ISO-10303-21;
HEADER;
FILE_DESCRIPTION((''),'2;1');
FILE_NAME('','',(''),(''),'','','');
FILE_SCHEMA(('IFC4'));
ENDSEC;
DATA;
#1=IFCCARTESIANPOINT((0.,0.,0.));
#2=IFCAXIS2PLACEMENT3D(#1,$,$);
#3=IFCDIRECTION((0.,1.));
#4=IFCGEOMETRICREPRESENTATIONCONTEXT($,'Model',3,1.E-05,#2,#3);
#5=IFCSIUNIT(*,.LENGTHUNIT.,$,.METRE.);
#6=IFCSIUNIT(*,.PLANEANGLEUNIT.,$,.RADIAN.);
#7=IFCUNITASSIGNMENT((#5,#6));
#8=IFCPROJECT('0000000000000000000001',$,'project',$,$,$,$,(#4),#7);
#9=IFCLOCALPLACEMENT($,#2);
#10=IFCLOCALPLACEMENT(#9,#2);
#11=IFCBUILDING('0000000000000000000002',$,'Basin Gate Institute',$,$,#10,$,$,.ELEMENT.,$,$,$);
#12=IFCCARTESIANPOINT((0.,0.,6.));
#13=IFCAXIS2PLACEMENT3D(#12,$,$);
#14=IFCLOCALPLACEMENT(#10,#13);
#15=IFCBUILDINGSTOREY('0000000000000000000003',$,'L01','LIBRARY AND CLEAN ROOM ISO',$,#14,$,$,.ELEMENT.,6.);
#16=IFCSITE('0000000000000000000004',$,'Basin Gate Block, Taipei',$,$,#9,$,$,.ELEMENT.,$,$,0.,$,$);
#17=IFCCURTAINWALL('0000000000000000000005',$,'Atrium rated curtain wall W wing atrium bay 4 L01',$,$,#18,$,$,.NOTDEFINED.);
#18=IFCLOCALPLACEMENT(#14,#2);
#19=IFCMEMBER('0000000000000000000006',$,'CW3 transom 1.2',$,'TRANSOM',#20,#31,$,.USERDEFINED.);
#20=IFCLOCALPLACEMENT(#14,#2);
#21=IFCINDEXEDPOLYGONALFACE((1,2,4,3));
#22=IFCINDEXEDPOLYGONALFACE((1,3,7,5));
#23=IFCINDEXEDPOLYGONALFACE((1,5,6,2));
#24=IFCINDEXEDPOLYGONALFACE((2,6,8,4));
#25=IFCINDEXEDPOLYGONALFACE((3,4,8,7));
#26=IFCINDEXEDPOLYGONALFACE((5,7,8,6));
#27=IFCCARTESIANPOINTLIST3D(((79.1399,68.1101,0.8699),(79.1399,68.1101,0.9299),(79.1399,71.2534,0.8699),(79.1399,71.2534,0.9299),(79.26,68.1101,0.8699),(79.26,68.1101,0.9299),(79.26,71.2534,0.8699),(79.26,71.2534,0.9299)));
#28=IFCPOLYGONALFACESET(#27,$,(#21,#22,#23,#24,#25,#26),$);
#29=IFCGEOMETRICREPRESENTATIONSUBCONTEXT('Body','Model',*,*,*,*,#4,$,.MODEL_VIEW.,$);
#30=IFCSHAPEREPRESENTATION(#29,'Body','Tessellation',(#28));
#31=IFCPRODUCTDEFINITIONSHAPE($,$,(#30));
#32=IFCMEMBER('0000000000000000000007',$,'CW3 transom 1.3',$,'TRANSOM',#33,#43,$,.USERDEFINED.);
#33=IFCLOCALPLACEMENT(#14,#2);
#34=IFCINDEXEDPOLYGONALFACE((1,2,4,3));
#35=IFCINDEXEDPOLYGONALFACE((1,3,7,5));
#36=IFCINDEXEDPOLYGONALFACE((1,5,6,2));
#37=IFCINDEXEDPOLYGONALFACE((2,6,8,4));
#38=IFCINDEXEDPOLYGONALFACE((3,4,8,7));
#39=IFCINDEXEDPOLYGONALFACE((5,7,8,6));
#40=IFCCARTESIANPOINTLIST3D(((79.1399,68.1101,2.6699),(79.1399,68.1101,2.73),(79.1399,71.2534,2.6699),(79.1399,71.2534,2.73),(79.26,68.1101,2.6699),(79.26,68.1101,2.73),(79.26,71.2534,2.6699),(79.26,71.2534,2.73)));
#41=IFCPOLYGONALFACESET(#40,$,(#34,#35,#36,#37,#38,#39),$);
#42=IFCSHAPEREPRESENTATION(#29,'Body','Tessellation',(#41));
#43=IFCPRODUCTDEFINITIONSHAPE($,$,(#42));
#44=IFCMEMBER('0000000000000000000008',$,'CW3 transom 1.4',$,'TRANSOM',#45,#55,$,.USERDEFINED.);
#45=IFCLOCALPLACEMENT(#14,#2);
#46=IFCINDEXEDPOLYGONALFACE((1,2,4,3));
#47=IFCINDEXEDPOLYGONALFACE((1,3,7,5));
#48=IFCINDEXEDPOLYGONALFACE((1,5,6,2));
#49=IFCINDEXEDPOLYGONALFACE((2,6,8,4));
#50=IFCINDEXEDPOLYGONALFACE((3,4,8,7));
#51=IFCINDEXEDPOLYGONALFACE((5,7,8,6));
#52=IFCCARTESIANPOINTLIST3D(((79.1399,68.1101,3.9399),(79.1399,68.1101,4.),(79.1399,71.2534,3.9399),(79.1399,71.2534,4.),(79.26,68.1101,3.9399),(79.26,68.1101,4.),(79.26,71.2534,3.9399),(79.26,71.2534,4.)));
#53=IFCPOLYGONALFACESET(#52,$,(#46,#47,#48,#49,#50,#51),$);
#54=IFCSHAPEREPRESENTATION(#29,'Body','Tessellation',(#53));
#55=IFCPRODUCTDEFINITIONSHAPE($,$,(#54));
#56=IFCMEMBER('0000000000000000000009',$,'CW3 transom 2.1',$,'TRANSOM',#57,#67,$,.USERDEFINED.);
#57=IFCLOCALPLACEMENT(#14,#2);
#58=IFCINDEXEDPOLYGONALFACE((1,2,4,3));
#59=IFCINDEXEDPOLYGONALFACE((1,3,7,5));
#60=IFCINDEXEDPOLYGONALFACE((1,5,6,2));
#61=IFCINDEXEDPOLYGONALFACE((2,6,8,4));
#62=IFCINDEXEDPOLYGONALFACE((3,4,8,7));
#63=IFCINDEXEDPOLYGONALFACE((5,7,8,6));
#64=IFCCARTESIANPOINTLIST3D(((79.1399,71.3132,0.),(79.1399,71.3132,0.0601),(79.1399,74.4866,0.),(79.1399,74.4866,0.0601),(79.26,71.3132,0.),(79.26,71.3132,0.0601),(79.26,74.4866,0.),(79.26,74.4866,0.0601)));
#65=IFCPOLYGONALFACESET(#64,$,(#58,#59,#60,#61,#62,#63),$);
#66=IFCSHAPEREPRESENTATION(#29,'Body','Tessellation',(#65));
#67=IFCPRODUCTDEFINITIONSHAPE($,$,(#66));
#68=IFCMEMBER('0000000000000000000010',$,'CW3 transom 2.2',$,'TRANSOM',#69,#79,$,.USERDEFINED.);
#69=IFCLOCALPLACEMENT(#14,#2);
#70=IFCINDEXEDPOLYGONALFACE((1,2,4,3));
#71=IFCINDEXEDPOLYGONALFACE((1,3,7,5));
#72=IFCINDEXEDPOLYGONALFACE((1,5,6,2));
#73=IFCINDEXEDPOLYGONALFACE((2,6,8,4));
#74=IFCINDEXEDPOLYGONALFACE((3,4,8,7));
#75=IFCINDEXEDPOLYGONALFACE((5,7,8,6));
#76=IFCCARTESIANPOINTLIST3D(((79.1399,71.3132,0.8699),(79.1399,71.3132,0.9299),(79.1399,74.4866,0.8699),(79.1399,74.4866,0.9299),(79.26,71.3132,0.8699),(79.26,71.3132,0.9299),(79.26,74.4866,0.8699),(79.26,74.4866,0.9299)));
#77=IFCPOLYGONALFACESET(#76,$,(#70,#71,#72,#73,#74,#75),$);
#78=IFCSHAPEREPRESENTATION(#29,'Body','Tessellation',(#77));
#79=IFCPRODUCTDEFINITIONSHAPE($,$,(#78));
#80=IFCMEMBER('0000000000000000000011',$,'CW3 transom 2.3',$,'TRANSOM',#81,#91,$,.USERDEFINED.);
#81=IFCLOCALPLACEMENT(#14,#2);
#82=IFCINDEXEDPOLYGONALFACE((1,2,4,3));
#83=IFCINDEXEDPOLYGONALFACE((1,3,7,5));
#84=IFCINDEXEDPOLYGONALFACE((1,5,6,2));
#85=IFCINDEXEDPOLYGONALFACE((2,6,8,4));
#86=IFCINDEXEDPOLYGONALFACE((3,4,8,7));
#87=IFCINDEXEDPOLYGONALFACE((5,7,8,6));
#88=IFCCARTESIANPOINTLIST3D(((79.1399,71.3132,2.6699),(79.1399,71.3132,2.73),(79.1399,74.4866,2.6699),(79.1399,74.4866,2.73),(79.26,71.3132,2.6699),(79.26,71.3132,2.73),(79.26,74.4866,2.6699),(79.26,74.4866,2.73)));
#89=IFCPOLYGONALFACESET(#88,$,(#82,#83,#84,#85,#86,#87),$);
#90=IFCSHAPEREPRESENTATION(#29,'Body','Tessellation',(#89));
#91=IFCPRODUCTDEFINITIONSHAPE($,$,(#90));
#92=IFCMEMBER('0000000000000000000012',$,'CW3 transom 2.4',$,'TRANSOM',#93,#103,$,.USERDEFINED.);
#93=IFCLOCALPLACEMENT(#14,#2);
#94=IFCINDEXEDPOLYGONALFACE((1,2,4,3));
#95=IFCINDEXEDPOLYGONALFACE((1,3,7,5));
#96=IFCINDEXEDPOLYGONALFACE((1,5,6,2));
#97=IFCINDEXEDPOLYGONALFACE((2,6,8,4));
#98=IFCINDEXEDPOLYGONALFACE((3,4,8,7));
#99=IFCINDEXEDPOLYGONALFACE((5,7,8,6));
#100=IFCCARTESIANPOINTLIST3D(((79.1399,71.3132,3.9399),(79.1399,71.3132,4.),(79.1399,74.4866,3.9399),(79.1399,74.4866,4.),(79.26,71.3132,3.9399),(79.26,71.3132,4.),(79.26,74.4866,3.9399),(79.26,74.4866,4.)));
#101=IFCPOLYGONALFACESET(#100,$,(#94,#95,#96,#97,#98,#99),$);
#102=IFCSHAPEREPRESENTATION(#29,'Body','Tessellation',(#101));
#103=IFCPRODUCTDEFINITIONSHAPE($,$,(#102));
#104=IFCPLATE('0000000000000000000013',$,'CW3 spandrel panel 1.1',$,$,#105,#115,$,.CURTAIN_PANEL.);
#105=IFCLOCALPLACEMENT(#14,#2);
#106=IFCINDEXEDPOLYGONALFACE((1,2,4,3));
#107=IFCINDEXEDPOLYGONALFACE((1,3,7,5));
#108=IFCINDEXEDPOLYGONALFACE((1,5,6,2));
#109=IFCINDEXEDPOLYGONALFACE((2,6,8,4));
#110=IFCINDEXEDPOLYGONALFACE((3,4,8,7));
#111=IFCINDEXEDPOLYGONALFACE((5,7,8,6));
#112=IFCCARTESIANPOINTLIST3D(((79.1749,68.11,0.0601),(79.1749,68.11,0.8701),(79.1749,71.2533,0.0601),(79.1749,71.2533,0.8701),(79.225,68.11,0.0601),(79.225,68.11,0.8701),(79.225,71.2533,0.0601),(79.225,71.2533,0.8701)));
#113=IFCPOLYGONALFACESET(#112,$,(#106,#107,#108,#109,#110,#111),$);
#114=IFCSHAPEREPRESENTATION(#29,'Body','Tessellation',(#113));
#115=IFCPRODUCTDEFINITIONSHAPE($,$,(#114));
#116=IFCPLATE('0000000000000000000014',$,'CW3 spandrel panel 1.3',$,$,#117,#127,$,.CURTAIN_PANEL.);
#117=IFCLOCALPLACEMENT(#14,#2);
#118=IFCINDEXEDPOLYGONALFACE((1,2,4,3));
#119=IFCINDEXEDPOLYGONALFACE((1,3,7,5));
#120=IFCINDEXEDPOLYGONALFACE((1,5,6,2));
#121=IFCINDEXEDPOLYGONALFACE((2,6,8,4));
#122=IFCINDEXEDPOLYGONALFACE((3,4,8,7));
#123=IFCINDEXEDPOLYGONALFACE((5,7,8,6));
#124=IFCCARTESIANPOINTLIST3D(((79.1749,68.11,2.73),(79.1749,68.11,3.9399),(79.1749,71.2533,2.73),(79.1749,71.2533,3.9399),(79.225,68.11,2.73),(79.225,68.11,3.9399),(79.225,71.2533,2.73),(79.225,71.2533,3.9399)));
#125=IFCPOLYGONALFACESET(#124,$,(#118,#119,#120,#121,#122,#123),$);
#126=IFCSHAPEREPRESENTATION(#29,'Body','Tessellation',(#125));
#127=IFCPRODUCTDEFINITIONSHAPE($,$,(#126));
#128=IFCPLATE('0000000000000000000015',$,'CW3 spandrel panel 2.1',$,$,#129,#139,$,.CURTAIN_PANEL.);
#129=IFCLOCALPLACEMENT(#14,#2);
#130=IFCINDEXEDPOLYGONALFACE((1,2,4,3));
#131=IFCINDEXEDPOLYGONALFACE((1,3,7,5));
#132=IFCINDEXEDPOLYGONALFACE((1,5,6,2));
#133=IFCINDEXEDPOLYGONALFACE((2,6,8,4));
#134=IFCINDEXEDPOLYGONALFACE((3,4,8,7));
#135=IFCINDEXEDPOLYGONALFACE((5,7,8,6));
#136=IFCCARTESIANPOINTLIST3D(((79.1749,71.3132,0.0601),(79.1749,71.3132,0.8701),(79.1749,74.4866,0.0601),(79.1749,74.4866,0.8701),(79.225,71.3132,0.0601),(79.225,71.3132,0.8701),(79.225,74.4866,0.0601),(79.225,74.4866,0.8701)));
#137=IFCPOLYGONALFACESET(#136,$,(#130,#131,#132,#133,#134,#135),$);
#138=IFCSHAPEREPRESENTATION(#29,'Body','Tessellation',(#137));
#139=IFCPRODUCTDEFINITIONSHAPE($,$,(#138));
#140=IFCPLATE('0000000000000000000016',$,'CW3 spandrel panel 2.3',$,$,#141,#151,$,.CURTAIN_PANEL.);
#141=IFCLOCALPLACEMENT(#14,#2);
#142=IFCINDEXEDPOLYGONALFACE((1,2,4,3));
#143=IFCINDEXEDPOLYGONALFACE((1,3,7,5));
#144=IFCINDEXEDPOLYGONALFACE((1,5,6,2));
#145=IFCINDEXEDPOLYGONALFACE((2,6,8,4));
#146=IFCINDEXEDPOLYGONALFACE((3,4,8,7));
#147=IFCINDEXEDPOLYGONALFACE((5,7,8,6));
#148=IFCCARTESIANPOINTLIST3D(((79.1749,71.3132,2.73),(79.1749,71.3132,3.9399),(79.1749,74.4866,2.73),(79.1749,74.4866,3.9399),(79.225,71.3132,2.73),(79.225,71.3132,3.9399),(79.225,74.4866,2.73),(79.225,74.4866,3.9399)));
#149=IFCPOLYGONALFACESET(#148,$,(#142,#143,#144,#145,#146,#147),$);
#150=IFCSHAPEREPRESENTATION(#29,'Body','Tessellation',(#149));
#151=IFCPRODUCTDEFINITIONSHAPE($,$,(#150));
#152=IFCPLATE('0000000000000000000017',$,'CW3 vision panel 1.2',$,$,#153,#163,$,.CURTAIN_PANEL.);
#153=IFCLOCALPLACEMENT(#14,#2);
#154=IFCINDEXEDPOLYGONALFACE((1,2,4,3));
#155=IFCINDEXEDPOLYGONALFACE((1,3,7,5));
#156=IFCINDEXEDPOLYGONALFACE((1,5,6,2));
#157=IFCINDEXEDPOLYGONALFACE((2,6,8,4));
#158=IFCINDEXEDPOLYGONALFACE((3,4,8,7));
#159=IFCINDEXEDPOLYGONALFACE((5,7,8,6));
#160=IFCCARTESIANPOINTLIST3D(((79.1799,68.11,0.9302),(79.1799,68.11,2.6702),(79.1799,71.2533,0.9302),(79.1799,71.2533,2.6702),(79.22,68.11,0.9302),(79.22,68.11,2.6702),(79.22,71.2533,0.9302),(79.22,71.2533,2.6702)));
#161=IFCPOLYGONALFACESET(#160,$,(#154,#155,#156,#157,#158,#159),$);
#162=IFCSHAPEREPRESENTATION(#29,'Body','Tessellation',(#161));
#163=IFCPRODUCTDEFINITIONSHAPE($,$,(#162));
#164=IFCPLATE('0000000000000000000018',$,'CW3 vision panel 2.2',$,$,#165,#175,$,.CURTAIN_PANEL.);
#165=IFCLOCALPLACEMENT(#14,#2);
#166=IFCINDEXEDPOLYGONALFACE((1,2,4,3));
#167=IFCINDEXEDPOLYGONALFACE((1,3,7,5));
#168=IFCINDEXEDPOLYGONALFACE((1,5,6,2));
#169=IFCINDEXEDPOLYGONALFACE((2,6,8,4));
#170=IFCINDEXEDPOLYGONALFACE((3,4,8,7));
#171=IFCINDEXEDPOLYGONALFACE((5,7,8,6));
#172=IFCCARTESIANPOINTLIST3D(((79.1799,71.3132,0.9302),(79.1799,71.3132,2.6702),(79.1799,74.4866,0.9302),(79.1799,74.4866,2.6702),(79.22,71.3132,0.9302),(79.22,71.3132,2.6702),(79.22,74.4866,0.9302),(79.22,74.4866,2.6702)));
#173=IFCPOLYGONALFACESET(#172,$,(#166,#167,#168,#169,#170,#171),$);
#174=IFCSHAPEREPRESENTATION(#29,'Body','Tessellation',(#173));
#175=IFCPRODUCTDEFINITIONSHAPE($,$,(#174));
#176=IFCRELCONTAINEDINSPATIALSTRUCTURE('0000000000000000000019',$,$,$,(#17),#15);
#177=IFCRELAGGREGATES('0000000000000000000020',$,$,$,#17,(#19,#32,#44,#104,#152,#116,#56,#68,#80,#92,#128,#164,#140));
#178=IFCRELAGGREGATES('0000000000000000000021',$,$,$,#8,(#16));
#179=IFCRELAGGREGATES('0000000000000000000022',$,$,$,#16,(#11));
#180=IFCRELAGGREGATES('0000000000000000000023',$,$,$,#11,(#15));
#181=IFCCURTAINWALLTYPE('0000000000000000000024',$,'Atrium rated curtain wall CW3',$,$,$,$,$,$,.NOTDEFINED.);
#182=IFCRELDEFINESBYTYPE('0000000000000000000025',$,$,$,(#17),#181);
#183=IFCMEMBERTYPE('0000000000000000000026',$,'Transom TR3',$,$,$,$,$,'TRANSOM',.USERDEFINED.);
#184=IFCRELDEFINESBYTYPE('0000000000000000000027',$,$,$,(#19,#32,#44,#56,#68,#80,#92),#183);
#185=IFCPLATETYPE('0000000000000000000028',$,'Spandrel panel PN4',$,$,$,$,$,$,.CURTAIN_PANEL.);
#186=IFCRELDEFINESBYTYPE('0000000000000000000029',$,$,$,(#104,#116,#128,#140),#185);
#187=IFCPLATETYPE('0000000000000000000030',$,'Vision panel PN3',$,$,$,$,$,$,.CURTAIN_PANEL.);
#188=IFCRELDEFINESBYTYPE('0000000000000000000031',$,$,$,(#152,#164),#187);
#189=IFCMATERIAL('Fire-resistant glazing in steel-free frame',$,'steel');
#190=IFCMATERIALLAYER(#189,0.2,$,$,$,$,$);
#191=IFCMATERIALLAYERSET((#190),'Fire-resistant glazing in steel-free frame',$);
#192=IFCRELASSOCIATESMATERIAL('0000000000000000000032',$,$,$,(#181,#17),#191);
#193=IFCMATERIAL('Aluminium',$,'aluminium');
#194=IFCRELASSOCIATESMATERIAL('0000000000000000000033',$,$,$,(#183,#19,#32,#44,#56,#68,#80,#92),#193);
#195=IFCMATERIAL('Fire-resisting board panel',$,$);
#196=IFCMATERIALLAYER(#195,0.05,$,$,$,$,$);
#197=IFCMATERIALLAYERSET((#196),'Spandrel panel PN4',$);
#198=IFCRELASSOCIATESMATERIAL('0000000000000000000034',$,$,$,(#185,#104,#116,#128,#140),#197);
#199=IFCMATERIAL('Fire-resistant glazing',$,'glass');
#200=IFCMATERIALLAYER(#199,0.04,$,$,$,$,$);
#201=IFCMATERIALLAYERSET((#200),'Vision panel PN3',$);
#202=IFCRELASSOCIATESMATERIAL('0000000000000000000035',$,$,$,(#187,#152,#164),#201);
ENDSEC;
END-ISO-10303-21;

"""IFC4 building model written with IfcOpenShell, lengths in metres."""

from ifc_helpers import new_model, si_unit, direction, frame, origin, origin_2d, place, context, subcontext, project, spatial, rectangle, extrude, material, layer, layer_set, material_profile, profile_set, type_object, element, aggregate, save


model = new_model("IFC4")

# Units and contexts
model_context = context("Model", 3, precision=1e-05, world=origin(), true_north=direction((0.0, 1.0)))
body_context = subcontext(model_context, "Body", "Model", "MODEL_VIEW")
ifc_project = project(units=[si_unit("LENGTHUNIT", "METRE"), si_unit("PLANEANGLEUNIT", "RADIAN")], contexts=[model_context])

# Site, building, storey
site_placement = place(None, origin())
site = spatial("IfcSite", under=ifc_project, at=site_placement, Name="Basin Gate Block, Taipei", CompositionType="ELEMENT", RefElevation=0.0)
building_placement = place(site_placement, origin())
building = spatial("IfcBuilding", under=site, at=building_placement, Name="Basin Gate Institute", CompositionType="ELEMENT")
storey_placement = place(building_placement, frame((0.0, 0.0, 6.0)))
storey = spatial("IfcBuildingStorey", under=building, at=storey_placement, Name="L01", Description="LIBRARY AND CLEAN ROOM ISO", CompositionType="ELEMENT", Elevation=6.0)

# Shared definitions
ifc_material_1 = material(Name="Fire-resistant glazing in steel-free frame", Category="steel")
ifc_layer_1 = layer(ifc_material_1, 0.2)
ifc_layer_set_1 = layer_set([ifc_layer_1], Name="Fire-resistant glazing in steel-free frame")
curtain_wall_type = type_object("IfcCurtainWallType", Name="Atrium rated curtain wall CW3", PredefinedType="NOTDEFINED", material=ifc_layer_set_1)

# Curtain wall
curtain_wall_1_placement = place(storey_placement, origin())
curtain_wall_1 = element("IfcCurtainWall", 1, at=curtain_wall_1_placement, inside=storey, type_object=curtain_wall_type, material=ifc_layer_set_1, Name="Atrium rated curtain wall W wing atrium bay 4 L01", PredefinedType="NOTDEFINED")

# Members
ifc_material_2 = material(Name="Aluminium", Category="aluminium")
ifc_material_profile_1 = material_profile(ifc_material_2, rectangle(XDim=0.1201, YDim=0.0601, at=origin_2d()), Name="Transom TR3 120 x 60")
ifc_profile_set_1 = profile_set([ifc_material_profile_1], Name="Aluminium")
member_type_1 = type_object("IfcMemberType", Name="Transom TR3", ElementType="TRANSOM", PredefinedType="USERDEFINED", material=ifc_profile_set_1)
member_1_placement = place(storey_placement, frame((79.2, 68.1101, 0.8999), z_axis=(0.0, 1.0, 0.0), x_axis=(-1.0, 0.0, 0.0)))
member_1 = element("IfcMember", 2, at=member_1_placement, type_object=member_type_1, material=ifc_profile_set_1, Name="CW3 transom 1.2", ObjectType="TRANSOM", PredefinedType="USERDEFINED", context=body_context, shape_type="SweptSolid", body=[
    extrude(rectangle(XDim=0.1201, YDim=0.0601, at=origin_2d()), origin(), (0.0, 0.0, 1.0), 3.1433),
])
member_2_placement = place(storey_placement, frame((79.2, 68.1101, 2.7), z_axis=(0.0, 1.0, 0.0), x_axis=(-1.0, 0.0, 0.0)))
member_2 = element("IfcMember", 3, at=member_2_placement, type_object=member_type_1, material=ifc_profile_set_1, Name="CW3 transom 1.3", ObjectType="TRANSOM", PredefinedType="USERDEFINED", context=body_context, shape_type="SweptSolid", body=[
    extrude(rectangle(XDim=0.1201, YDim=0.0601, at=origin_2d()), origin(), (0.0, 0.0, 1.0), 3.1433),
])
member_3_placement = place(storey_placement, frame((79.2, 68.1101, 3.97), z_axis=(0.0, 1.0, 0.0), x_axis=(-1.0, 0.0, 0.0)))
member_3 = element("IfcMember", 4, at=member_3_placement, type_object=member_type_1, material=ifc_profile_set_1, Name="CW3 transom 1.4", ObjectType="TRANSOM", PredefinedType="USERDEFINED", context=body_context, shape_type="SweptSolid", body=[
    extrude(rectangle(XDim=0.1201, YDim=0.0601, at=origin_2d()), origin(), (0.0, 0.0, 1.0), 3.1433),
])
member_4_placement = place(storey_placement, frame((79.2, 71.3132, 0.03), z_axis=(0.0, 1.0, 0.0), x_axis=(-1.0, 0.0, 0.0)))
member_4 = element("IfcMember", 5, at=member_4_placement, type_object=member_type_1, material=ifc_profile_set_1, Name="CW3 transom 2.1", ObjectType="TRANSOM", PredefinedType="USERDEFINED", context=body_context, shape_type="SweptSolid", body=[
    extrude(rectangle(XDim=0.1201, YDim=0.0601, at=origin_2d()), origin(), (0.0, 0.0, 1.0), 3.1733),
])
member_5_placement = place(storey_placement, frame((79.2, 71.3132, 0.8999), z_axis=(0.0, 1.0, 0.0), x_axis=(-1.0, 0.0, 0.0)))
member_5 = element("IfcMember", 6, at=member_5_placement, type_object=member_type_1, material=ifc_profile_set_1, Name="CW3 transom 2.2", ObjectType="TRANSOM", PredefinedType="USERDEFINED", context=body_context, shape_type="SweptSolid", body=[
    extrude(rectangle(XDim=0.1201, YDim=0.0601, at=origin_2d()), origin(), (0.0, 0.0, 1.0), 3.1733),
])
member_6_placement = place(storey_placement, frame((79.2, 71.3132, 2.7), z_axis=(0.0, 1.0, 0.0), x_axis=(-1.0, 0.0, 0.0)))
member_6 = element("IfcMember", 7, at=member_6_placement, type_object=member_type_1, material=ifc_profile_set_1, Name="CW3 transom 2.3", ObjectType="TRANSOM", PredefinedType="USERDEFINED", context=body_context, shape_type="SweptSolid", body=[
    extrude(rectangle(XDim=0.1201, YDim=0.0601, at=origin_2d()), origin(), (0.0, 0.0, 1.0), 3.1733),
])
member_7_placement = place(storey_placement, frame((79.2, 71.3132, 3.97), z_axis=(0.0, 1.0, 0.0), x_axis=(-1.0, 0.0, 0.0)))
member_7 = element("IfcMember", 8, at=member_7_placement, type_object=member_type_1, material=ifc_profile_set_1, Name="CW3 transom 2.4", ObjectType="TRANSOM", PredefinedType="USERDEFINED", context=body_context, shape_type="SweptSolid", body=[
    extrude(rectangle(XDim=0.1201, YDim=0.0601, at=origin_2d()), origin(), (0.0, 0.0, 1.0), 3.1733),
])

# Plates
ifc_material_3 = material(Name="Fire-resisting board panel")
ifc_layer_2 = layer(ifc_material_3, 0.05)
ifc_layer_set_2 = layer_set([ifc_layer_2], Name="Spandrel panel PN4")
plate_type_1 = type_object("IfcPlateType", Name="Spandrel panel PN4", PredefinedType="CURTAIN_PANEL", material=ifc_layer_set_2)
plate_1_placement = place(storey_placement, frame((79.2, 69.6816, 0.0601), z_axis=(0.0, 0.0, 1.0), x_axis=(0.0, 1.0, 0.0)))
plate_1 = element("IfcPlate", 9, at=plate_1_placement, type_object=plate_type_1, material=ifc_layer_set_2, Name="CW3 spandrel panel 1.1", PredefinedType="CURTAIN_PANEL", context=body_context, shape_type="SweptSolid", body=[
    extrude(rectangle(XDim=3.1433, YDim=0.05, at=origin_2d()), origin(), (0.0, 0.0, 1.0), 0.8101),
])
plate_2_placement = place(storey_placement, frame((79.2, 69.6816, 2.73), z_axis=(0.0, 0.0, 1.0), x_axis=(0.0, 1.0, 0.0)))
plate_2 = element("IfcPlate", 10, at=plate_2_placement, type_object=plate_type_1, material=ifc_layer_set_2, Name="CW3 spandrel panel 1.3", PredefinedType="CURTAIN_PANEL", context=body_context, shape_type="SweptSolid", body=[
    extrude(rectangle(XDim=3.1433, YDim=0.05, at=origin_2d()), origin(), (0.0, 0.0, 1.0), 1.21),
])
plate_3_placement = place(storey_placement, frame((79.2, 72.8999, 0.0601), z_axis=(0.0, 0.0, 1.0), x_axis=(0.0, 1.0, 0.0)))
plate_3 = element("IfcPlate", 11, at=plate_3_placement, type_object=plate_type_1, material=ifc_layer_set_2, Name="CW3 spandrel panel 2.1", PredefinedType="CURTAIN_PANEL", context=body_context, shape_type="SweptSolid", body=[
    extrude(rectangle(XDim=3.1733, YDim=0.05, at=origin_2d()), origin(), (0.0, 0.0, 1.0), 0.8101),
])
plate_4_placement = place(storey_placement, frame((79.2, 72.8999, 2.73), z_axis=(0.0, 0.0, 1.0), x_axis=(0.0, 1.0, 0.0)))
plate_4 = element("IfcPlate", 12, at=plate_4_placement, type_object=plate_type_1, material=ifc_layer_set_2, Name="CW3 spandrel panel 2.3", PredefinedType="CURTAIN_PANEL", context=body_context, shape_type="SweptSolid", body=[
    extrude(rectangle(XDim=3.1733, YDim=0.05, at=origin_2d()), origin(), (0.0, 0.0, 1.0), 1.21),
])
ifc_material_4 = material(Name="Fire-resistant glazing", Category="glass")
ifc_layer_3 = layer(ifc_material_4, 0.04)
ifc_layer_set_3 = layer_set([ifc_layer_3], Name="Vision panel PN3")
plate_type_2 = type_object("IfcPlateType", Name="Vision panel PN3", PredefinedType="CURTAIN_PANEL", material=ifc_layer_set_3)
plate_5_placement = place(storey_placement, frame((79.2, 69.6816, 0.9302), z_axis=(0.0, 0.0, 1.0), x_axis=(0.0, 1.0, 0.0)))
plate_5 = element("IfcPlate", 13, at=plate_5_placement, type_object=plate_type_2, material=ifc_layer_set_3, Name="CW3 vision panel 1.2", PredefinedType="CURTAIN_PANEL", context=body_context, shape_type="SweptSolid", body=[
    extrude(rectangle(XDim=3.1433, YDim=0.04, at=origin_2d()), origin(), (0.0, 0.0, 1.0), 1.74),
])
plate_6_placement = place(storey_placement, frame((79.2, 72.8999, 0.9302), z_axis=(0.0, 0.0, 1.0), x_axis=(0.0, 1.0, 0.0)))
plate_6 = element("IfcPlate", 14, at=plate_6_placement, type_object=plate_type_2, material=ifc_layer_set_3, Name="CW3 vision panel 2.2", PredefinedType="CURTAIN_PANEL", context=body_context, shape_type="SweptSolid", body=[
    extrude(rectangle(XDim=3.1733, YDim=0.04, at=origin_2d()), origin(), (0.0, 0.0, 1.0), 1.74),
])
aggregate(curtain_wall_1, [member_1, member_2, member_3, plate_1, plate_5, plate_2, member_4, member_5, member_6, member_7, plate_3, plate_6, plate_4])

save(model, "model.ifc")
